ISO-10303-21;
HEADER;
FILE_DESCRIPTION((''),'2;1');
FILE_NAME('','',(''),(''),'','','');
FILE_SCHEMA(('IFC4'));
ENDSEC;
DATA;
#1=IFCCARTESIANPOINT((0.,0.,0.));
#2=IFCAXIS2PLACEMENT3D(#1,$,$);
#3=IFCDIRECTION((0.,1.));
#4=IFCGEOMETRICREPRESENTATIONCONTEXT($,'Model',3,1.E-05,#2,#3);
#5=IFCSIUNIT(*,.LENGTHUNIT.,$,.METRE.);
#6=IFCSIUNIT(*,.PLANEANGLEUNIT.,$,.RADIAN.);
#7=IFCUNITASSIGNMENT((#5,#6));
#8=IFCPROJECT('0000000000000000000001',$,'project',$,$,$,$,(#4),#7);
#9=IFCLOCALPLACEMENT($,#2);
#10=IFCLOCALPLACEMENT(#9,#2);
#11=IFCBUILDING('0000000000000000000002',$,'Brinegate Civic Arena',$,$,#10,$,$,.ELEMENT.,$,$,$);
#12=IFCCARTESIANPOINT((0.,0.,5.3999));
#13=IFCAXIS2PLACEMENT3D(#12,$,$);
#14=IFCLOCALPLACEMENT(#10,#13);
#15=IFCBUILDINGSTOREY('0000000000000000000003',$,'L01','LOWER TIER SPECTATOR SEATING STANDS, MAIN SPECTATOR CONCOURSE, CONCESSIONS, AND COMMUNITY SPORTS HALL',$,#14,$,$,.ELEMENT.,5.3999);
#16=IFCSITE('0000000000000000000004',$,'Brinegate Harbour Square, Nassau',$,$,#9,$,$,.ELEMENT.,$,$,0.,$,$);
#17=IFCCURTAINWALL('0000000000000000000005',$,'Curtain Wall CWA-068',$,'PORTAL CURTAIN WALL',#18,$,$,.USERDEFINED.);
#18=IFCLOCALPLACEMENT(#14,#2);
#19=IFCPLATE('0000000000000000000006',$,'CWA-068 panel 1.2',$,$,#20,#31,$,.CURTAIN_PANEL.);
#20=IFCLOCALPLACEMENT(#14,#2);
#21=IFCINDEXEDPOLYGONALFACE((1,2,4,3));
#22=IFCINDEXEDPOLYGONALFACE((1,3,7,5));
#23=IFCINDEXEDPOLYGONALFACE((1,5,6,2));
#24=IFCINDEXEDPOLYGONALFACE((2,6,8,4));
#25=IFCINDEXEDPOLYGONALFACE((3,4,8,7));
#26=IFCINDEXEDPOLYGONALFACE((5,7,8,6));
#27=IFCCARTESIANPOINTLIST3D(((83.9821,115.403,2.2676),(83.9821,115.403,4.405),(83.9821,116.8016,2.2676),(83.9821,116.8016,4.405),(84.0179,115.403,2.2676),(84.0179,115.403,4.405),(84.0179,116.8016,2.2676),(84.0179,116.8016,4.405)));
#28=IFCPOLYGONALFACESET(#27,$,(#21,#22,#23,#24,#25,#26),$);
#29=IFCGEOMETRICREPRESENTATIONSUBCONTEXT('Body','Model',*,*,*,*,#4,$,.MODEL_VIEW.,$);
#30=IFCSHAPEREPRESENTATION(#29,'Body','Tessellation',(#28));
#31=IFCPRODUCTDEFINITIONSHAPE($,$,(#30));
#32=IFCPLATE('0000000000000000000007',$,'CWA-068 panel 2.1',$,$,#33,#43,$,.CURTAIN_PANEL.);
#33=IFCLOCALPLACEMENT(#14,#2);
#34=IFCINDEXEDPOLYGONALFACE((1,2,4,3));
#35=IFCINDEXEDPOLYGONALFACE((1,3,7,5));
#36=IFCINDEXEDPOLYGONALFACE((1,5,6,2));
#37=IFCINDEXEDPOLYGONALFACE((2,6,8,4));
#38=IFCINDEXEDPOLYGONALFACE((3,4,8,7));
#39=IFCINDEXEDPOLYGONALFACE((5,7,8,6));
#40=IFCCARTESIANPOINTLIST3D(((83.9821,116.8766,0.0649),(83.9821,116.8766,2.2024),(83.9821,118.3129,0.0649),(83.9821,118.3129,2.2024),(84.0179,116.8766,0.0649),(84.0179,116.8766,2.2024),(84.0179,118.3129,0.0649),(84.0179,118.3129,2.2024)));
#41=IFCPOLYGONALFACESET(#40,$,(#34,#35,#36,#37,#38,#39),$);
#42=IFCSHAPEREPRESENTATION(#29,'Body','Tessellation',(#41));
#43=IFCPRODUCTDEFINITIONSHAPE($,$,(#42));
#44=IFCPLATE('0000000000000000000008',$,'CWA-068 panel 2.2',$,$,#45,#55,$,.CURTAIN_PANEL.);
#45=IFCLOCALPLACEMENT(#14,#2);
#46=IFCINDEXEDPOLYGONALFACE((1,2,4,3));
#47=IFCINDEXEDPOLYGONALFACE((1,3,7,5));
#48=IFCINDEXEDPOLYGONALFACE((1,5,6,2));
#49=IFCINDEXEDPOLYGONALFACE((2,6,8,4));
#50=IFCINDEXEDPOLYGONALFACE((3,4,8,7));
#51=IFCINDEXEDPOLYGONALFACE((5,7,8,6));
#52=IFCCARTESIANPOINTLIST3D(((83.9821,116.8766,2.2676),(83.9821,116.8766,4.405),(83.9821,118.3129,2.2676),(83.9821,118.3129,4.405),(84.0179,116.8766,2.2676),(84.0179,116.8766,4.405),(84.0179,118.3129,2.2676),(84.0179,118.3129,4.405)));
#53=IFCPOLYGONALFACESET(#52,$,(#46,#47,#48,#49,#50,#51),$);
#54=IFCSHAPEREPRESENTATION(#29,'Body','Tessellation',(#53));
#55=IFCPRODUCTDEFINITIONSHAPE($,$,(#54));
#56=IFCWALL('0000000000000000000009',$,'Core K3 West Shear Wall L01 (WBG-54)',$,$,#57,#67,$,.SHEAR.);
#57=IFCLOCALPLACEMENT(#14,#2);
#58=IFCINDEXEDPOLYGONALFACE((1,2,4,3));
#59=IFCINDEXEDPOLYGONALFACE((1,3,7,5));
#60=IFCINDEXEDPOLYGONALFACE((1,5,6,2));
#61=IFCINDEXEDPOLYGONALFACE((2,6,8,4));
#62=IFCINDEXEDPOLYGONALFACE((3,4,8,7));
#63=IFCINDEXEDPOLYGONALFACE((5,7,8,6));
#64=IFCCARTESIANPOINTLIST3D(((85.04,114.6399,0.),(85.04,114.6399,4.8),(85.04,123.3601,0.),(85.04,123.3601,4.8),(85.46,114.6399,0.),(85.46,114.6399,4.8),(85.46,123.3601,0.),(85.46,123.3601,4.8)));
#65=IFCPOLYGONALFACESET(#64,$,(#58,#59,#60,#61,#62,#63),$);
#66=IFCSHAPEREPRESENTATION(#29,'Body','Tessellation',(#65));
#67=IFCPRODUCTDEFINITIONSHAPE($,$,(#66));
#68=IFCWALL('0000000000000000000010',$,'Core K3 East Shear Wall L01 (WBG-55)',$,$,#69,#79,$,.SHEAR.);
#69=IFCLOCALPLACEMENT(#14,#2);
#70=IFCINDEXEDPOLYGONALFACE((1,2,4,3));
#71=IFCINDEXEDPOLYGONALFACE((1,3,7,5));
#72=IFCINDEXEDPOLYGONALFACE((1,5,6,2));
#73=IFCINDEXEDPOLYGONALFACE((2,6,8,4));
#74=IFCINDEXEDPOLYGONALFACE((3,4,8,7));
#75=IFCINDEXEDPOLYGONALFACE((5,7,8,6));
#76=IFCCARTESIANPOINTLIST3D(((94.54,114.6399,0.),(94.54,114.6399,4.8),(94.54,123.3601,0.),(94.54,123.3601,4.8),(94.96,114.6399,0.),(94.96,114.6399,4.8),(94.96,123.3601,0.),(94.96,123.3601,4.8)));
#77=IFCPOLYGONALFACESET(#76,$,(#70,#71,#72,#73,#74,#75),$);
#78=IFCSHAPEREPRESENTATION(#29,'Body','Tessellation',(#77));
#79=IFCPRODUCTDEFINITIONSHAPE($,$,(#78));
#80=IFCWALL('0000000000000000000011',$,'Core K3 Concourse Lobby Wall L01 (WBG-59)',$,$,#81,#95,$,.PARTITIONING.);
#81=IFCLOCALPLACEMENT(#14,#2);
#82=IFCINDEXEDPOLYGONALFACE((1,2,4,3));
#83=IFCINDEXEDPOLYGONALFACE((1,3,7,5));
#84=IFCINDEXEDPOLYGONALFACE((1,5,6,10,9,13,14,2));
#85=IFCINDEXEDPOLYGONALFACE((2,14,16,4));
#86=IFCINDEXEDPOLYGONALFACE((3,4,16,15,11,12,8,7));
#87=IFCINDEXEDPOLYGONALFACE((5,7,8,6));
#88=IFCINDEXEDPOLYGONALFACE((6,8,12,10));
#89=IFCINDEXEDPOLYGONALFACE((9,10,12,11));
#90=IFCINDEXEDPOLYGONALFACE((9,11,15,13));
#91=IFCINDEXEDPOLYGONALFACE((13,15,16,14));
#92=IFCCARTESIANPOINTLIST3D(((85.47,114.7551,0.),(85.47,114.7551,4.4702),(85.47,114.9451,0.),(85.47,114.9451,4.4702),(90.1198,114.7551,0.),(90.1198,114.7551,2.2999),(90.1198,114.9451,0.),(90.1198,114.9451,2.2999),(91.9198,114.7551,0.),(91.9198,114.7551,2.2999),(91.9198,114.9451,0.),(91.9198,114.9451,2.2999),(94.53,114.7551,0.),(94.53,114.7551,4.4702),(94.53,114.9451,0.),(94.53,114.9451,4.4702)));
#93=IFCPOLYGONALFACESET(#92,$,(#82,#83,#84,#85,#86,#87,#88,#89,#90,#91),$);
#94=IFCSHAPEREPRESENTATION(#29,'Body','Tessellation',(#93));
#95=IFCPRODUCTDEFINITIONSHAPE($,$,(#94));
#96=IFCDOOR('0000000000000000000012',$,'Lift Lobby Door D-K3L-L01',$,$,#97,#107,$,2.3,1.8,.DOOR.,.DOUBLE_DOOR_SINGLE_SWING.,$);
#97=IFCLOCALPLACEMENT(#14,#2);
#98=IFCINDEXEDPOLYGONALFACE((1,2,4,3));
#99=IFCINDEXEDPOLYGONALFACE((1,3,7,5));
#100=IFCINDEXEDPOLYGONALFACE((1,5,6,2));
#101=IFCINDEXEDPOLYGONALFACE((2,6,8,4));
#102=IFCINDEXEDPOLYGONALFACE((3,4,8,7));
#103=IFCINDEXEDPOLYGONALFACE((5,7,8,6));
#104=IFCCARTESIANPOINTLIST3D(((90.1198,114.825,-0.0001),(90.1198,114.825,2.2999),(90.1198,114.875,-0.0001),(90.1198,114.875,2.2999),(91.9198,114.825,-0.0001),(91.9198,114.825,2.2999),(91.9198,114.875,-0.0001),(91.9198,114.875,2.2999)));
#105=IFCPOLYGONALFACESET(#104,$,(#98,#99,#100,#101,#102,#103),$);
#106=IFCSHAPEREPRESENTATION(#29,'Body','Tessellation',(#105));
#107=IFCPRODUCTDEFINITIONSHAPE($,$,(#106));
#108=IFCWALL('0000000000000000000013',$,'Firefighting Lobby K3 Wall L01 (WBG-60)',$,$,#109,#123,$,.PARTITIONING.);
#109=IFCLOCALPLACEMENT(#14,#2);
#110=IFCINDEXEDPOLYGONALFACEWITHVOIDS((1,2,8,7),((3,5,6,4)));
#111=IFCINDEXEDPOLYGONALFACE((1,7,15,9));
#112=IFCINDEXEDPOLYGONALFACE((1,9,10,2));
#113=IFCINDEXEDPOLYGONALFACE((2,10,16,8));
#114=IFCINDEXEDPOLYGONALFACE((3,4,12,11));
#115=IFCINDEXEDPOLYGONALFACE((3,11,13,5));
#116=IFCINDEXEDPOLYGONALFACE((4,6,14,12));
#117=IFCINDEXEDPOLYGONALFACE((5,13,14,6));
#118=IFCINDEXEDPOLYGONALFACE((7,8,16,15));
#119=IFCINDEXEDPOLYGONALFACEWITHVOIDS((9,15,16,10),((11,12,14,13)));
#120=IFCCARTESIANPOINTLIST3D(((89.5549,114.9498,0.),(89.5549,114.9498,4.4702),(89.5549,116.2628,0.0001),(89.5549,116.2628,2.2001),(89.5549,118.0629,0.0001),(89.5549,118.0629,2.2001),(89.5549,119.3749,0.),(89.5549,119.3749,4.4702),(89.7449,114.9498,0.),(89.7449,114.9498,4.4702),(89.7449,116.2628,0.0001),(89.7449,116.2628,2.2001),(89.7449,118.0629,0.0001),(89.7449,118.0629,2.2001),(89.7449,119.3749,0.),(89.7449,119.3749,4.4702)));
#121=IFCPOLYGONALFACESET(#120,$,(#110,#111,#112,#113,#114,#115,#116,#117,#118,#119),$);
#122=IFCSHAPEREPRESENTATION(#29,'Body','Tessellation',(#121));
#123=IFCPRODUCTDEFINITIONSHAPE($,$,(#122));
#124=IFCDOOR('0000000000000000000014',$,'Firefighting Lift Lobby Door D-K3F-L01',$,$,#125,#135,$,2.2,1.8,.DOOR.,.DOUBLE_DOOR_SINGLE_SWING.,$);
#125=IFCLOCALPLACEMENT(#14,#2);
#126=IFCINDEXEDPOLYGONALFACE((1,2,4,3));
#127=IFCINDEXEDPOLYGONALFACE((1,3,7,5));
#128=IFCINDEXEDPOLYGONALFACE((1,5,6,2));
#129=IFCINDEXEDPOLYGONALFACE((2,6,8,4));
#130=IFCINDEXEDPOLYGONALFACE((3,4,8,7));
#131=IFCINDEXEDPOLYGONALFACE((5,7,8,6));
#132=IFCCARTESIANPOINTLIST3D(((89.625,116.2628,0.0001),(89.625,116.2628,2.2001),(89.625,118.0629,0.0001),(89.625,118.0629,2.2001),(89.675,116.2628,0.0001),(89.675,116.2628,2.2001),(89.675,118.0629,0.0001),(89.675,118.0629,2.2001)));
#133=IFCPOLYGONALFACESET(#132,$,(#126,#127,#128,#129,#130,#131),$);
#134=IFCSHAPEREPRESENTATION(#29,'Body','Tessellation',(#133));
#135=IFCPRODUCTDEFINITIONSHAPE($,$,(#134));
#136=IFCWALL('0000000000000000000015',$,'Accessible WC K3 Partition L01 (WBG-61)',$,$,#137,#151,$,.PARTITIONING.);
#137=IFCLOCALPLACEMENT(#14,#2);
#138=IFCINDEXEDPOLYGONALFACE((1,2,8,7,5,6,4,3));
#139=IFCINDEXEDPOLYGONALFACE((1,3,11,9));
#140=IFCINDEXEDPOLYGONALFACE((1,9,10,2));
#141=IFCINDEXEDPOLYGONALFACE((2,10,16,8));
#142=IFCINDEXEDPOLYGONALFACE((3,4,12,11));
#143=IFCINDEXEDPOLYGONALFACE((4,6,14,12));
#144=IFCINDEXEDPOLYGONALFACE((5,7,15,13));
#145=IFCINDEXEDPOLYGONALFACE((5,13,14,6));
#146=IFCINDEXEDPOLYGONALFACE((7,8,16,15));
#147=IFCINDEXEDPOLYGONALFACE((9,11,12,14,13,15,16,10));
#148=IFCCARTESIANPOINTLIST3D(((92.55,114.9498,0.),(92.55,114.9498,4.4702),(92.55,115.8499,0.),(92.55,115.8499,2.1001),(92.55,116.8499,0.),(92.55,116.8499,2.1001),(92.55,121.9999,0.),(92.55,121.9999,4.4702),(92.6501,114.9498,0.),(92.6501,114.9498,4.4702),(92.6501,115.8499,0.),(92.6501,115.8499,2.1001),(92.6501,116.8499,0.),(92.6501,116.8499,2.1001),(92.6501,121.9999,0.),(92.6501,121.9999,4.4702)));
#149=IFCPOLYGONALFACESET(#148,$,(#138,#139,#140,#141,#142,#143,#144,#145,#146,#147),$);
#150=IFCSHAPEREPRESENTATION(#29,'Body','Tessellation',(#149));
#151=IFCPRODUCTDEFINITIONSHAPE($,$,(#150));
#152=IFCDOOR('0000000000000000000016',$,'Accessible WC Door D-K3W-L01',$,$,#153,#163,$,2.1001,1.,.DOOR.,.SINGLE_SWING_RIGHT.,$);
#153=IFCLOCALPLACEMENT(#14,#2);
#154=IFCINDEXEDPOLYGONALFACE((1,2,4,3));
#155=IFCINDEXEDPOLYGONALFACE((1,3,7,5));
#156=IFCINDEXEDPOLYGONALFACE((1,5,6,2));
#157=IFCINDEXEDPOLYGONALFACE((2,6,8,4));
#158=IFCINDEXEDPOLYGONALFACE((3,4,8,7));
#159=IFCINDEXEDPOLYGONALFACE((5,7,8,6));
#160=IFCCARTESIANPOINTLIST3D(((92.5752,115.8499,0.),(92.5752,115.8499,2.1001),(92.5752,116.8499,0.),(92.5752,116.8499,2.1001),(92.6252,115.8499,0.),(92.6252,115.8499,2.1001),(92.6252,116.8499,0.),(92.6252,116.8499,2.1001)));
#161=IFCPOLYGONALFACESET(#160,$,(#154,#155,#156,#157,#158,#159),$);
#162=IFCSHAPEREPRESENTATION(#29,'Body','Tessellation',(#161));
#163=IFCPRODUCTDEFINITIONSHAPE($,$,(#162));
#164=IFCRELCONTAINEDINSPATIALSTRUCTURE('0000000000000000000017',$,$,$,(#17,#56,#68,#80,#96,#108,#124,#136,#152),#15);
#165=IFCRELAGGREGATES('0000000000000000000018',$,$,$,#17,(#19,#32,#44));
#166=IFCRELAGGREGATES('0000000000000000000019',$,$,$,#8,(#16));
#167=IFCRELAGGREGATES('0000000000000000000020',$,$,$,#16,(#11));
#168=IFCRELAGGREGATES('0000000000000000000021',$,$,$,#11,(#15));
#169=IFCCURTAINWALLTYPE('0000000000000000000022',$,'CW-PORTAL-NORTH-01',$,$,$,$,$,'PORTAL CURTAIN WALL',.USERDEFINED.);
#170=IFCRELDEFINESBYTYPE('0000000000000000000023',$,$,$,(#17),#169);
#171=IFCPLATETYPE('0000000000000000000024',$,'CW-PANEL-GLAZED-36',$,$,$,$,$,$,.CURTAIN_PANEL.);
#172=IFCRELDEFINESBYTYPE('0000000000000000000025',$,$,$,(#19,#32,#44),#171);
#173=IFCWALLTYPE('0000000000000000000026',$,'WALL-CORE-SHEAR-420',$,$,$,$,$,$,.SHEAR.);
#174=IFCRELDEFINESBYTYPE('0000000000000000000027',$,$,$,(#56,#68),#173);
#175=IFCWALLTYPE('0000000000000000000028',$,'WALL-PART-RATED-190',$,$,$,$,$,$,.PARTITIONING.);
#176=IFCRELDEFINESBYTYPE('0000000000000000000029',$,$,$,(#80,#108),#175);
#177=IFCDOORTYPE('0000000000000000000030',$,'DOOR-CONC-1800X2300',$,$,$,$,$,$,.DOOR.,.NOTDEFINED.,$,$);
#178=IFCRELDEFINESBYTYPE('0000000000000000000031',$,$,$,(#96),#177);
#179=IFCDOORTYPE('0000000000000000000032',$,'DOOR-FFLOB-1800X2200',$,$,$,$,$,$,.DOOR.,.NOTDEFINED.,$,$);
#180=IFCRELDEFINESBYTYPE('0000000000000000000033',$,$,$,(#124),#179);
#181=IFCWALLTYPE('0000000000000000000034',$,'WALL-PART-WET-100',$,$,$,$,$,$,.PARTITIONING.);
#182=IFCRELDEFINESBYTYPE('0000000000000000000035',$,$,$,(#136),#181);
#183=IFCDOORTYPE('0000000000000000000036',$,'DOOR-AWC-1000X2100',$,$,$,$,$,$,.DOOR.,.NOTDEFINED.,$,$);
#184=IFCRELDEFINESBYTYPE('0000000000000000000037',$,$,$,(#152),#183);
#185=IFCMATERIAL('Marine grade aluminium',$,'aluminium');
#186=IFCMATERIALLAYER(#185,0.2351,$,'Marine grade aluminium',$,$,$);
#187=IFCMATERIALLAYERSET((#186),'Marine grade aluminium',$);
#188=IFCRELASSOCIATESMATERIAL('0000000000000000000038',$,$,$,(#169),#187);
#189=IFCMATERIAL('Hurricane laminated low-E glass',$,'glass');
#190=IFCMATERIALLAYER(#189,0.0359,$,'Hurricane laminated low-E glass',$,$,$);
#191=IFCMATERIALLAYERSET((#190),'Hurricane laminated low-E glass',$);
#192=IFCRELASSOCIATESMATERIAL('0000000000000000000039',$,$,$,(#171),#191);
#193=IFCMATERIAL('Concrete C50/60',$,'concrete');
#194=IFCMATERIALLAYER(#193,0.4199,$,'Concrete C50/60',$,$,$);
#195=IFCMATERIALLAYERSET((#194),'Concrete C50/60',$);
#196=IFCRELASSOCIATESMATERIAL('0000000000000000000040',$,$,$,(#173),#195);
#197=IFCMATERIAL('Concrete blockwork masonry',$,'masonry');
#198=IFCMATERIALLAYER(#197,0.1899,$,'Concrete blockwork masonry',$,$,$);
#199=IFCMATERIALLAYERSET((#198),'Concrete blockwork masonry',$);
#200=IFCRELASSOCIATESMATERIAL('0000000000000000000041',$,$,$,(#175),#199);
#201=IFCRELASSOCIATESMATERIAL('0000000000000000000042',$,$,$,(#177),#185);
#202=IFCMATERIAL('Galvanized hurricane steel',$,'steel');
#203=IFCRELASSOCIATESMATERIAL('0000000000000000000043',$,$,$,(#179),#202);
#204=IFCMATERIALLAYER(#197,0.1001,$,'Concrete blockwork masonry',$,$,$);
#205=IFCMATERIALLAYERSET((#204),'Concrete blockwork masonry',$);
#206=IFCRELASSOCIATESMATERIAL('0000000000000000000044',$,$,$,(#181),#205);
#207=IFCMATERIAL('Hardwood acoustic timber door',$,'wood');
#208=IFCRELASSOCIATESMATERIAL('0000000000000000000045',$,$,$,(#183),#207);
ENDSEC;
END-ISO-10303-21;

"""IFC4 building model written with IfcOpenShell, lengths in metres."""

from ifc_helpers import new_model, si_unit, direction, frame, frame_2d, origin, origin_2d, place, context, subcontext, project, spatial, rectangle, extrude, material, layer, layer_set, type_object, element, fill, aggregate, save


model = new_model("IFC4")

# Units and contexts
model_context = context("Model", 3, precision=1e-05, world=origin(), true_north=direction((0.0, 1.0)))
body_context = subcontext(model_context, "Body", "Model", "MODEL_VIEW")
ifc_project = project(units=[si_unit("LENGTHUNIT", "METRE"), si_unit("PLANEANGLEUNIT", "RADIAN")], contexts=[model_context])

# Site, building, storey
site_placement = place(None, origin())
site = spatial("IfcSite", under=ifc_project, at=site_placement, Name="Brinegate Harbour Square, Nassau", CompositionType="ELEMENT", RefElevation=0.0)
building_placement = place(site_placement, origin())
building = spatial("IfcBuilding", under=site, at=building_placement, Name="Brinegate Civic Arena", CompositionType="ELEMENT")
storey_placement = place(building_placement, frame((0.0, 0.0, 5.3999)))
storey = spatial("IfcBuildingStorey", under=building, at=storey_placement, Name="L01", Description="LOWER TIER SPECTATOR SEATING STANDS, MAIN SPECTATOR CONCOURSE, CONCESSIONS, AND COMMUNITY SPORTS HALL", CompositionType="ELEMENT", Elevation=5.3999)

# Shared definitions
ifc_material_1 = material(Name="Concrete C50/60", Category="concrete")

# Curtain wall
ifc_material_2 = material(Name="Marine grade aluminium", Category="aluminium")
ifc_layer_1 = layer(ifc_material_2, 0.2351, Name="Marine grade aluminium")
ifc_layer_set_1 = layer_set([ifc_layer_1], Name="Marine grade aluminium")
curtain_wall_type = type_object("IfcCurtainWallType", Name="CW-PORTAL-NORTH-01", ElementType="PORTAL CURTAIN WALL", PredefinedType="USERDEFINED", material=ifc_layer_set_1)
curtain_wall_placement = place(storey_placement, origin())
curtain_wall = element("IfcCurtainWall", 1, at=curtain_wall_placement, inside=storey, type_object=curtain_wall_type, Name="Curtain Wall CWA-068", ObjectType="PORTAL CURTAIN WALL", PredefinedType="USERDEFINED")

# Plates
ifc_material_3 = material(Name="Hurricane laminated low-E glass", Category="glass")
ifc_layer_2 = layer(ifc_material_3, 0.0359, Name="Hurricane laminated low-E glass")
ifc_layer_set_2 = layer_set([ifc_layer_2], Name="Hurricane laminated low-E glass")
plate_type = type_object("IfcPlateType", Name="CW-PANEL-GLAZED-36", PredefinedType="CURTAIN_PANEL", material=ifc_layer_set_2)
plate_1_placement = place(storey_placement, frame((84.0, 116.1023, 2.2676), z_axis=(0.0, 0.0, 1.0), x_axis=(0.0, 1.0, 0.0)))
plate_1 = element("IfcPlate", 2, at=plate_1_placement, type_object=plate_type, Name="CWA-068 panel 1.2", PredefinedType="CURTAIN_PANEL", context=body_context, shape_type="SweptSolid", body=[
    extrude(rectangle(XDim=1.3987, YDim=0.0359, at=origin_2d()), origin(), (0.0, 0.0, 1.0), 2.1375),
])
plate_2_placement = place(storey_placement, frame((84.0, 117.5947, 0.0649), z_axis=(0.0, 0.0, 1.0), x_axis=(0.0, 1.0, 0.0)))
plate_2 = element("IfcPlate", 3, at=plate_2_placement, type_object=plate_type, Name="CWA-068 panel 2.1", PredefinedType="CURTAIN_PANEL", context=body_context, shape_type="SweptSolid", body=[
    extrude(rectangle(XDim=1.4363, YDim=0.0359, at=origin_2d()), origin(), (0.0, 0.0, 1.0), 2.1375),
])
plate_3_placement = place(storey_placement, frame((84.0, 117.5947, 2.2676), z_axis=(0.0, 0.0, 1.0), x_axis=(0.0, 1.0, 0.0)))
plate_3 = element("IfcPlate", 4, at=plate_3_placement, type_object=plate_type, Name="CWA-068 panel 2.2", PredefinedType="CURTAIN_PANEL", context=body_context, shape_type="SweptSolid", body=[
    extrude(rectangle(XDim=1.4363, YDim=0.0359, at=origin_2d()), origin(), (0.0, 0.0, 1.0), 2.1375),
])
aggregate(curtain_wall, [plate_1, plate_2, plate_3])

# Walls
ifc_layer_3 = layer(ifc_material_1, 0.4199, Name="Concrete C50/60")
ifc_layer_set_3 = layer_set([ifc_layer_3], Name="Concrete C50/60")
wall_type_1 = type_object("IfcWallType", Name="WALL-CORE-SHEAR-420", PredefinedType="SHEAR", material=ifc_layer_set_3)
for number, where, z_axis, x_axis, name in (
    (5, (85.25, 114.6399, 0.0), (0.0, 0.0, 1.0), (0.0, 1.0, 0.0), "Core K3 West Shear Wall L01 (WBG-54)"),
    (6, (94.75, 114.6399, 0.0), (0.0, 0.0, 1.0), (0.0, 1.0, 0.0), "Core K3 East Shear Wall L01 (WBG-55)"),
):
    element("IfcWall", number, at=place(storey_placement, frame(where, z_axis=z_axis, x_axis=x_axis)), inside=storey, type_object=wall_type_1, Name=name, PredefinedType="SHEAR", context=body_context, shape_type="SweptSolid", body=[
        extrude(rectangle(XDim=8.7202, YDim=0.4199, at=frame_2d((4.3601, 0.0))), origin(), (0.0, 0.0, 1.0), 4.8),
    ])

# Walls, openings, doors
ifc_material_4 = material(Name="Concrete blockwork masonry", Category="masonry")
ifc_layer_4 = layer(ifc_material_4, 0.1899, Name="Concrete blockwork masonry")
ifc_layer_set_4 = layer_set([ifc_layer_4], Name="Concrete blockwork masonry")
wall_type_2 = type_object("IfcWallType", Name="WALL-PART-RATED-190", PredefinedType="PARTITIONING", material=ifc_layer_set_4)
wall_1_placement = place(storey_placement, frame((85.47, 114.8501, 0.0), z_axis=(0.0, 0.0, 1.0), x_axis=(1.0, 0.0, 0.0)))
wall_1 = element("IfcWall", 7, at=wall_1_placement, inside=storey, type_object=wall_type_2, Name="Core K3 Concourse Lobby Wall L01 (WBG-59)", PredefinedType="PARTITIONING", context=body_context, shape_type="SweptSolid", body=[
    extrude(rectangle(XDim=9.0601, YDim=0.1899, at=frame_2d((4.53, 0.0))), origin(), (0.0, 0.0, 1.0), 4.4702),
])
opening_1_placement = place(wall_1_placement, frame((4.6499, 0.0, 0.0)))
opening_1 = element("IfcOpeningElement", 8, at=opening_1_placement, cuts=wall_1, PredefinedType="OPENING", context=body_context, shape_type="SweptSolid", body=[
    extrude(rectangle(XDim=1.8, YDim=2.3, at=frame_2d((0.8999, 1.1499))), frame((0.0, 0.105, 0.0), z_axis=(0.0, -1.0, 0.0), x_axis=(1.0, 0.0, 0.0)), (0.0, 0.0, 1.0), 0.21),
])
door_type_1 = type_object("IfcDoorType", Name="DOOR-CONC-1800X2300", OperationType="NOTDEFINED", PredefinedType="DOOR", material=ifc_material_2)
door_1_placement = place(opening_1_placement, origin())
door_1 = element("IfcDoor", 9, at=door_1_placement, inside=storey, type_object=door_type_1, Name="Lift Lobby Door D-K3L-L01", OperationType="DOUBLE_DOOR_SINGLE_SWING", OverallHeight=2.3, OverallWidth=1.8, PredefinedType="DOOR", context=body_context, shape_type="SweptSolid", body=[
    extrude(rectangle(XDim=1.8, YDim=2.3, at=frame_2d((0.8999, 1.1499))), frame((0.0, 0.0249, 0.0), z_axis=(0.0, -1.0, 0.0), x_axis=(1.0, 0.0, 0.0)), (0.0, 0.0, 1.0), 0.05),
])
fill(opening_1, door_1)
wall_2_placement = place(storey_placement, frame((89.6499, 114.95, 0.0), z_axis=(0.0, 0.0, 1.0), x_axis=(0.0, 1.0, 0.0)))
wall_2 = element("IfcWall", 10, at=wall_2_placement, inside=storey, type_object=wall_type_2, Name="Firefighting Lobby K3 Wall L01 (WBG-60)", PredefinedType="PARTITIONING", context=body_context, shape_type="SweptSolid", body=[
    extrude(rectangle(XDim=4.425, YDim=0.1899, at=frame_2d((2.2124, 0.0))), origin(), (0.0, 0.0, 1.0), 4.4702),
])
opening_2_placement = place(wall_2_placement, frame((1.313, 0.0, 0.0)))
opening_2 = element("IfcOpeningElement", 11, at=opening_2_placement, cuts=wall_2, PredefinedType="OPENING", context=body_context, shape_type="SweptSolid", body=[
    extrude(rectangle(XDim=1.8, YDim=2.2, at=frame_2d((0.8999, 1.1001))), frame((0.0, 0.105, 0.0), z_axis=(0.0, -1.0, 0.0), x_axis=(1.0, 0.0, 0.0)), (0.0, 0.0, 1.0), 0.21),
])
ifc_material_5 = material(Name="Galvanized hurricane steel", Category="steel")
door_type_2 = type_object("IfcDoorType", Name="DOOR-FFLOB-1800X2200", OperationType="NOTDEFINED", PredefinedType="DOOR", material=ifc_material_5)
door_2_placement = place(opening_2_placement, origin())
door_2 = element("IfcDoor", 12, at=door_2_placement, inside=storey, type_object=door_type_2, Name="Firefighting Lift Lobby Door D-K3F-L01", OperationType="DOUBLE_DOOR_SINGLE_SWING", OverallHeight=2.2, OverallWidth=1.8, PredefinedType="DOOR", context=body_context, shape_type="SweptSolid", body=[
    extrude(rectangle(XDim=1.8, YDim=2.2, at=frame_2d((0.8999, 1.1001))), frame((0.0, 0.0249, 0.0), z_axis=(0.0, -1.0, 0.0), x_axis=(1.0, 0.0, 0.0)), (0.0, 0.0, 1.0), 0.05),
])
fill(opening_2, door_2)
ifc_layer_5 = layer(ifc_material_4, 0.1001, Name="Concrete blockwork masonry")
ifc_layer_set_5 = layer_set([ifc_layer_5], Name="Concrete blockwork masonry")
wall_type_3 = type_object("IfcWallType", Name="WALL-PART-WET-100", PredefinedType="PARTITIONING", material=ifc_layer_set_5)
wall_3_placement = place(storey_placement, frame((92.6001, 114.95, 0.0), z_axis=(0.0, 0.0, 1.0), x_axis=(0.0, 1.0, 0.0)))
wall_3 = element("IfcWall", 13, at=wall_3_placement, inside=storey, type_object=wall_type_3, Name="Accessible WC K3 Partition L01 (WBG-61)", PredefinedType="PARTITIONING", context=body_context, shape_type="SweptSolid", body=[
    extrude(rectangle(XDim=7.05, YDim=0.1001, at=frame_2d((3.5249, 0.0))), origin(), (0.0, 0.0, 1.0), 4.4702),
])
opening_3_placement = place(wall_3_placement, frame((0.8999, 0.0, 0.0)))
opening_3 = element("IfcOpeningElement", 14, at=opening_3_placement, cuts=wall_3, PredefinedType="OPENING", context=body_context, shape_type="SweptSolid", body=[
    extrude(rectangle(XDim=1.0, YDim=2.1001, at=frame_2d((0.5, 1.05))), frame((0.0, 0.0601, 0.0), z_axis=(0.0, -1.0, 0.0), x_axis=(1.0, 0.0, 0.0)), (0.0, 0.0, 1.0), 0.1201),
])
ifc_material_6 = material(Name="Hardwood acoustic timber door", Category="wood")
door_type_3 = type_object("IfcDoorType", Name="DOOR-AWC-1000X2100", OperationType="NOTDEFINED", PredefinedType="DOOR", material=ifc_material_6)
door_3_placement = place(opening_3_placement, origin())
door_3 = element("IfcDoor", 15, at=door_3_placement, inside=storey, type_object=door_type_3, Name="Accessible WC Door D-K3W-L01", OperationType="SINGLE_SWING_RIGHT", OverallHeight=2.1001, OverallWidth=1.0, PredefinedType="DOOR", context=body_context, shape_type="SweptSolid", body=[
    extrude(rectangle(XDim=1.0, YDim=2.1001, at=frame_2d((0.5, 1.05))), frame((0.0, 0.0249, 0.0), z_axis=(0.0, -1.0, 0.0), x_axis=(1.0, 0.0, 0.0)), (0.0, 0.0, 1.0), 0.05),
])
fill(opening_3, door_3)

save(model, "model.ifc")
